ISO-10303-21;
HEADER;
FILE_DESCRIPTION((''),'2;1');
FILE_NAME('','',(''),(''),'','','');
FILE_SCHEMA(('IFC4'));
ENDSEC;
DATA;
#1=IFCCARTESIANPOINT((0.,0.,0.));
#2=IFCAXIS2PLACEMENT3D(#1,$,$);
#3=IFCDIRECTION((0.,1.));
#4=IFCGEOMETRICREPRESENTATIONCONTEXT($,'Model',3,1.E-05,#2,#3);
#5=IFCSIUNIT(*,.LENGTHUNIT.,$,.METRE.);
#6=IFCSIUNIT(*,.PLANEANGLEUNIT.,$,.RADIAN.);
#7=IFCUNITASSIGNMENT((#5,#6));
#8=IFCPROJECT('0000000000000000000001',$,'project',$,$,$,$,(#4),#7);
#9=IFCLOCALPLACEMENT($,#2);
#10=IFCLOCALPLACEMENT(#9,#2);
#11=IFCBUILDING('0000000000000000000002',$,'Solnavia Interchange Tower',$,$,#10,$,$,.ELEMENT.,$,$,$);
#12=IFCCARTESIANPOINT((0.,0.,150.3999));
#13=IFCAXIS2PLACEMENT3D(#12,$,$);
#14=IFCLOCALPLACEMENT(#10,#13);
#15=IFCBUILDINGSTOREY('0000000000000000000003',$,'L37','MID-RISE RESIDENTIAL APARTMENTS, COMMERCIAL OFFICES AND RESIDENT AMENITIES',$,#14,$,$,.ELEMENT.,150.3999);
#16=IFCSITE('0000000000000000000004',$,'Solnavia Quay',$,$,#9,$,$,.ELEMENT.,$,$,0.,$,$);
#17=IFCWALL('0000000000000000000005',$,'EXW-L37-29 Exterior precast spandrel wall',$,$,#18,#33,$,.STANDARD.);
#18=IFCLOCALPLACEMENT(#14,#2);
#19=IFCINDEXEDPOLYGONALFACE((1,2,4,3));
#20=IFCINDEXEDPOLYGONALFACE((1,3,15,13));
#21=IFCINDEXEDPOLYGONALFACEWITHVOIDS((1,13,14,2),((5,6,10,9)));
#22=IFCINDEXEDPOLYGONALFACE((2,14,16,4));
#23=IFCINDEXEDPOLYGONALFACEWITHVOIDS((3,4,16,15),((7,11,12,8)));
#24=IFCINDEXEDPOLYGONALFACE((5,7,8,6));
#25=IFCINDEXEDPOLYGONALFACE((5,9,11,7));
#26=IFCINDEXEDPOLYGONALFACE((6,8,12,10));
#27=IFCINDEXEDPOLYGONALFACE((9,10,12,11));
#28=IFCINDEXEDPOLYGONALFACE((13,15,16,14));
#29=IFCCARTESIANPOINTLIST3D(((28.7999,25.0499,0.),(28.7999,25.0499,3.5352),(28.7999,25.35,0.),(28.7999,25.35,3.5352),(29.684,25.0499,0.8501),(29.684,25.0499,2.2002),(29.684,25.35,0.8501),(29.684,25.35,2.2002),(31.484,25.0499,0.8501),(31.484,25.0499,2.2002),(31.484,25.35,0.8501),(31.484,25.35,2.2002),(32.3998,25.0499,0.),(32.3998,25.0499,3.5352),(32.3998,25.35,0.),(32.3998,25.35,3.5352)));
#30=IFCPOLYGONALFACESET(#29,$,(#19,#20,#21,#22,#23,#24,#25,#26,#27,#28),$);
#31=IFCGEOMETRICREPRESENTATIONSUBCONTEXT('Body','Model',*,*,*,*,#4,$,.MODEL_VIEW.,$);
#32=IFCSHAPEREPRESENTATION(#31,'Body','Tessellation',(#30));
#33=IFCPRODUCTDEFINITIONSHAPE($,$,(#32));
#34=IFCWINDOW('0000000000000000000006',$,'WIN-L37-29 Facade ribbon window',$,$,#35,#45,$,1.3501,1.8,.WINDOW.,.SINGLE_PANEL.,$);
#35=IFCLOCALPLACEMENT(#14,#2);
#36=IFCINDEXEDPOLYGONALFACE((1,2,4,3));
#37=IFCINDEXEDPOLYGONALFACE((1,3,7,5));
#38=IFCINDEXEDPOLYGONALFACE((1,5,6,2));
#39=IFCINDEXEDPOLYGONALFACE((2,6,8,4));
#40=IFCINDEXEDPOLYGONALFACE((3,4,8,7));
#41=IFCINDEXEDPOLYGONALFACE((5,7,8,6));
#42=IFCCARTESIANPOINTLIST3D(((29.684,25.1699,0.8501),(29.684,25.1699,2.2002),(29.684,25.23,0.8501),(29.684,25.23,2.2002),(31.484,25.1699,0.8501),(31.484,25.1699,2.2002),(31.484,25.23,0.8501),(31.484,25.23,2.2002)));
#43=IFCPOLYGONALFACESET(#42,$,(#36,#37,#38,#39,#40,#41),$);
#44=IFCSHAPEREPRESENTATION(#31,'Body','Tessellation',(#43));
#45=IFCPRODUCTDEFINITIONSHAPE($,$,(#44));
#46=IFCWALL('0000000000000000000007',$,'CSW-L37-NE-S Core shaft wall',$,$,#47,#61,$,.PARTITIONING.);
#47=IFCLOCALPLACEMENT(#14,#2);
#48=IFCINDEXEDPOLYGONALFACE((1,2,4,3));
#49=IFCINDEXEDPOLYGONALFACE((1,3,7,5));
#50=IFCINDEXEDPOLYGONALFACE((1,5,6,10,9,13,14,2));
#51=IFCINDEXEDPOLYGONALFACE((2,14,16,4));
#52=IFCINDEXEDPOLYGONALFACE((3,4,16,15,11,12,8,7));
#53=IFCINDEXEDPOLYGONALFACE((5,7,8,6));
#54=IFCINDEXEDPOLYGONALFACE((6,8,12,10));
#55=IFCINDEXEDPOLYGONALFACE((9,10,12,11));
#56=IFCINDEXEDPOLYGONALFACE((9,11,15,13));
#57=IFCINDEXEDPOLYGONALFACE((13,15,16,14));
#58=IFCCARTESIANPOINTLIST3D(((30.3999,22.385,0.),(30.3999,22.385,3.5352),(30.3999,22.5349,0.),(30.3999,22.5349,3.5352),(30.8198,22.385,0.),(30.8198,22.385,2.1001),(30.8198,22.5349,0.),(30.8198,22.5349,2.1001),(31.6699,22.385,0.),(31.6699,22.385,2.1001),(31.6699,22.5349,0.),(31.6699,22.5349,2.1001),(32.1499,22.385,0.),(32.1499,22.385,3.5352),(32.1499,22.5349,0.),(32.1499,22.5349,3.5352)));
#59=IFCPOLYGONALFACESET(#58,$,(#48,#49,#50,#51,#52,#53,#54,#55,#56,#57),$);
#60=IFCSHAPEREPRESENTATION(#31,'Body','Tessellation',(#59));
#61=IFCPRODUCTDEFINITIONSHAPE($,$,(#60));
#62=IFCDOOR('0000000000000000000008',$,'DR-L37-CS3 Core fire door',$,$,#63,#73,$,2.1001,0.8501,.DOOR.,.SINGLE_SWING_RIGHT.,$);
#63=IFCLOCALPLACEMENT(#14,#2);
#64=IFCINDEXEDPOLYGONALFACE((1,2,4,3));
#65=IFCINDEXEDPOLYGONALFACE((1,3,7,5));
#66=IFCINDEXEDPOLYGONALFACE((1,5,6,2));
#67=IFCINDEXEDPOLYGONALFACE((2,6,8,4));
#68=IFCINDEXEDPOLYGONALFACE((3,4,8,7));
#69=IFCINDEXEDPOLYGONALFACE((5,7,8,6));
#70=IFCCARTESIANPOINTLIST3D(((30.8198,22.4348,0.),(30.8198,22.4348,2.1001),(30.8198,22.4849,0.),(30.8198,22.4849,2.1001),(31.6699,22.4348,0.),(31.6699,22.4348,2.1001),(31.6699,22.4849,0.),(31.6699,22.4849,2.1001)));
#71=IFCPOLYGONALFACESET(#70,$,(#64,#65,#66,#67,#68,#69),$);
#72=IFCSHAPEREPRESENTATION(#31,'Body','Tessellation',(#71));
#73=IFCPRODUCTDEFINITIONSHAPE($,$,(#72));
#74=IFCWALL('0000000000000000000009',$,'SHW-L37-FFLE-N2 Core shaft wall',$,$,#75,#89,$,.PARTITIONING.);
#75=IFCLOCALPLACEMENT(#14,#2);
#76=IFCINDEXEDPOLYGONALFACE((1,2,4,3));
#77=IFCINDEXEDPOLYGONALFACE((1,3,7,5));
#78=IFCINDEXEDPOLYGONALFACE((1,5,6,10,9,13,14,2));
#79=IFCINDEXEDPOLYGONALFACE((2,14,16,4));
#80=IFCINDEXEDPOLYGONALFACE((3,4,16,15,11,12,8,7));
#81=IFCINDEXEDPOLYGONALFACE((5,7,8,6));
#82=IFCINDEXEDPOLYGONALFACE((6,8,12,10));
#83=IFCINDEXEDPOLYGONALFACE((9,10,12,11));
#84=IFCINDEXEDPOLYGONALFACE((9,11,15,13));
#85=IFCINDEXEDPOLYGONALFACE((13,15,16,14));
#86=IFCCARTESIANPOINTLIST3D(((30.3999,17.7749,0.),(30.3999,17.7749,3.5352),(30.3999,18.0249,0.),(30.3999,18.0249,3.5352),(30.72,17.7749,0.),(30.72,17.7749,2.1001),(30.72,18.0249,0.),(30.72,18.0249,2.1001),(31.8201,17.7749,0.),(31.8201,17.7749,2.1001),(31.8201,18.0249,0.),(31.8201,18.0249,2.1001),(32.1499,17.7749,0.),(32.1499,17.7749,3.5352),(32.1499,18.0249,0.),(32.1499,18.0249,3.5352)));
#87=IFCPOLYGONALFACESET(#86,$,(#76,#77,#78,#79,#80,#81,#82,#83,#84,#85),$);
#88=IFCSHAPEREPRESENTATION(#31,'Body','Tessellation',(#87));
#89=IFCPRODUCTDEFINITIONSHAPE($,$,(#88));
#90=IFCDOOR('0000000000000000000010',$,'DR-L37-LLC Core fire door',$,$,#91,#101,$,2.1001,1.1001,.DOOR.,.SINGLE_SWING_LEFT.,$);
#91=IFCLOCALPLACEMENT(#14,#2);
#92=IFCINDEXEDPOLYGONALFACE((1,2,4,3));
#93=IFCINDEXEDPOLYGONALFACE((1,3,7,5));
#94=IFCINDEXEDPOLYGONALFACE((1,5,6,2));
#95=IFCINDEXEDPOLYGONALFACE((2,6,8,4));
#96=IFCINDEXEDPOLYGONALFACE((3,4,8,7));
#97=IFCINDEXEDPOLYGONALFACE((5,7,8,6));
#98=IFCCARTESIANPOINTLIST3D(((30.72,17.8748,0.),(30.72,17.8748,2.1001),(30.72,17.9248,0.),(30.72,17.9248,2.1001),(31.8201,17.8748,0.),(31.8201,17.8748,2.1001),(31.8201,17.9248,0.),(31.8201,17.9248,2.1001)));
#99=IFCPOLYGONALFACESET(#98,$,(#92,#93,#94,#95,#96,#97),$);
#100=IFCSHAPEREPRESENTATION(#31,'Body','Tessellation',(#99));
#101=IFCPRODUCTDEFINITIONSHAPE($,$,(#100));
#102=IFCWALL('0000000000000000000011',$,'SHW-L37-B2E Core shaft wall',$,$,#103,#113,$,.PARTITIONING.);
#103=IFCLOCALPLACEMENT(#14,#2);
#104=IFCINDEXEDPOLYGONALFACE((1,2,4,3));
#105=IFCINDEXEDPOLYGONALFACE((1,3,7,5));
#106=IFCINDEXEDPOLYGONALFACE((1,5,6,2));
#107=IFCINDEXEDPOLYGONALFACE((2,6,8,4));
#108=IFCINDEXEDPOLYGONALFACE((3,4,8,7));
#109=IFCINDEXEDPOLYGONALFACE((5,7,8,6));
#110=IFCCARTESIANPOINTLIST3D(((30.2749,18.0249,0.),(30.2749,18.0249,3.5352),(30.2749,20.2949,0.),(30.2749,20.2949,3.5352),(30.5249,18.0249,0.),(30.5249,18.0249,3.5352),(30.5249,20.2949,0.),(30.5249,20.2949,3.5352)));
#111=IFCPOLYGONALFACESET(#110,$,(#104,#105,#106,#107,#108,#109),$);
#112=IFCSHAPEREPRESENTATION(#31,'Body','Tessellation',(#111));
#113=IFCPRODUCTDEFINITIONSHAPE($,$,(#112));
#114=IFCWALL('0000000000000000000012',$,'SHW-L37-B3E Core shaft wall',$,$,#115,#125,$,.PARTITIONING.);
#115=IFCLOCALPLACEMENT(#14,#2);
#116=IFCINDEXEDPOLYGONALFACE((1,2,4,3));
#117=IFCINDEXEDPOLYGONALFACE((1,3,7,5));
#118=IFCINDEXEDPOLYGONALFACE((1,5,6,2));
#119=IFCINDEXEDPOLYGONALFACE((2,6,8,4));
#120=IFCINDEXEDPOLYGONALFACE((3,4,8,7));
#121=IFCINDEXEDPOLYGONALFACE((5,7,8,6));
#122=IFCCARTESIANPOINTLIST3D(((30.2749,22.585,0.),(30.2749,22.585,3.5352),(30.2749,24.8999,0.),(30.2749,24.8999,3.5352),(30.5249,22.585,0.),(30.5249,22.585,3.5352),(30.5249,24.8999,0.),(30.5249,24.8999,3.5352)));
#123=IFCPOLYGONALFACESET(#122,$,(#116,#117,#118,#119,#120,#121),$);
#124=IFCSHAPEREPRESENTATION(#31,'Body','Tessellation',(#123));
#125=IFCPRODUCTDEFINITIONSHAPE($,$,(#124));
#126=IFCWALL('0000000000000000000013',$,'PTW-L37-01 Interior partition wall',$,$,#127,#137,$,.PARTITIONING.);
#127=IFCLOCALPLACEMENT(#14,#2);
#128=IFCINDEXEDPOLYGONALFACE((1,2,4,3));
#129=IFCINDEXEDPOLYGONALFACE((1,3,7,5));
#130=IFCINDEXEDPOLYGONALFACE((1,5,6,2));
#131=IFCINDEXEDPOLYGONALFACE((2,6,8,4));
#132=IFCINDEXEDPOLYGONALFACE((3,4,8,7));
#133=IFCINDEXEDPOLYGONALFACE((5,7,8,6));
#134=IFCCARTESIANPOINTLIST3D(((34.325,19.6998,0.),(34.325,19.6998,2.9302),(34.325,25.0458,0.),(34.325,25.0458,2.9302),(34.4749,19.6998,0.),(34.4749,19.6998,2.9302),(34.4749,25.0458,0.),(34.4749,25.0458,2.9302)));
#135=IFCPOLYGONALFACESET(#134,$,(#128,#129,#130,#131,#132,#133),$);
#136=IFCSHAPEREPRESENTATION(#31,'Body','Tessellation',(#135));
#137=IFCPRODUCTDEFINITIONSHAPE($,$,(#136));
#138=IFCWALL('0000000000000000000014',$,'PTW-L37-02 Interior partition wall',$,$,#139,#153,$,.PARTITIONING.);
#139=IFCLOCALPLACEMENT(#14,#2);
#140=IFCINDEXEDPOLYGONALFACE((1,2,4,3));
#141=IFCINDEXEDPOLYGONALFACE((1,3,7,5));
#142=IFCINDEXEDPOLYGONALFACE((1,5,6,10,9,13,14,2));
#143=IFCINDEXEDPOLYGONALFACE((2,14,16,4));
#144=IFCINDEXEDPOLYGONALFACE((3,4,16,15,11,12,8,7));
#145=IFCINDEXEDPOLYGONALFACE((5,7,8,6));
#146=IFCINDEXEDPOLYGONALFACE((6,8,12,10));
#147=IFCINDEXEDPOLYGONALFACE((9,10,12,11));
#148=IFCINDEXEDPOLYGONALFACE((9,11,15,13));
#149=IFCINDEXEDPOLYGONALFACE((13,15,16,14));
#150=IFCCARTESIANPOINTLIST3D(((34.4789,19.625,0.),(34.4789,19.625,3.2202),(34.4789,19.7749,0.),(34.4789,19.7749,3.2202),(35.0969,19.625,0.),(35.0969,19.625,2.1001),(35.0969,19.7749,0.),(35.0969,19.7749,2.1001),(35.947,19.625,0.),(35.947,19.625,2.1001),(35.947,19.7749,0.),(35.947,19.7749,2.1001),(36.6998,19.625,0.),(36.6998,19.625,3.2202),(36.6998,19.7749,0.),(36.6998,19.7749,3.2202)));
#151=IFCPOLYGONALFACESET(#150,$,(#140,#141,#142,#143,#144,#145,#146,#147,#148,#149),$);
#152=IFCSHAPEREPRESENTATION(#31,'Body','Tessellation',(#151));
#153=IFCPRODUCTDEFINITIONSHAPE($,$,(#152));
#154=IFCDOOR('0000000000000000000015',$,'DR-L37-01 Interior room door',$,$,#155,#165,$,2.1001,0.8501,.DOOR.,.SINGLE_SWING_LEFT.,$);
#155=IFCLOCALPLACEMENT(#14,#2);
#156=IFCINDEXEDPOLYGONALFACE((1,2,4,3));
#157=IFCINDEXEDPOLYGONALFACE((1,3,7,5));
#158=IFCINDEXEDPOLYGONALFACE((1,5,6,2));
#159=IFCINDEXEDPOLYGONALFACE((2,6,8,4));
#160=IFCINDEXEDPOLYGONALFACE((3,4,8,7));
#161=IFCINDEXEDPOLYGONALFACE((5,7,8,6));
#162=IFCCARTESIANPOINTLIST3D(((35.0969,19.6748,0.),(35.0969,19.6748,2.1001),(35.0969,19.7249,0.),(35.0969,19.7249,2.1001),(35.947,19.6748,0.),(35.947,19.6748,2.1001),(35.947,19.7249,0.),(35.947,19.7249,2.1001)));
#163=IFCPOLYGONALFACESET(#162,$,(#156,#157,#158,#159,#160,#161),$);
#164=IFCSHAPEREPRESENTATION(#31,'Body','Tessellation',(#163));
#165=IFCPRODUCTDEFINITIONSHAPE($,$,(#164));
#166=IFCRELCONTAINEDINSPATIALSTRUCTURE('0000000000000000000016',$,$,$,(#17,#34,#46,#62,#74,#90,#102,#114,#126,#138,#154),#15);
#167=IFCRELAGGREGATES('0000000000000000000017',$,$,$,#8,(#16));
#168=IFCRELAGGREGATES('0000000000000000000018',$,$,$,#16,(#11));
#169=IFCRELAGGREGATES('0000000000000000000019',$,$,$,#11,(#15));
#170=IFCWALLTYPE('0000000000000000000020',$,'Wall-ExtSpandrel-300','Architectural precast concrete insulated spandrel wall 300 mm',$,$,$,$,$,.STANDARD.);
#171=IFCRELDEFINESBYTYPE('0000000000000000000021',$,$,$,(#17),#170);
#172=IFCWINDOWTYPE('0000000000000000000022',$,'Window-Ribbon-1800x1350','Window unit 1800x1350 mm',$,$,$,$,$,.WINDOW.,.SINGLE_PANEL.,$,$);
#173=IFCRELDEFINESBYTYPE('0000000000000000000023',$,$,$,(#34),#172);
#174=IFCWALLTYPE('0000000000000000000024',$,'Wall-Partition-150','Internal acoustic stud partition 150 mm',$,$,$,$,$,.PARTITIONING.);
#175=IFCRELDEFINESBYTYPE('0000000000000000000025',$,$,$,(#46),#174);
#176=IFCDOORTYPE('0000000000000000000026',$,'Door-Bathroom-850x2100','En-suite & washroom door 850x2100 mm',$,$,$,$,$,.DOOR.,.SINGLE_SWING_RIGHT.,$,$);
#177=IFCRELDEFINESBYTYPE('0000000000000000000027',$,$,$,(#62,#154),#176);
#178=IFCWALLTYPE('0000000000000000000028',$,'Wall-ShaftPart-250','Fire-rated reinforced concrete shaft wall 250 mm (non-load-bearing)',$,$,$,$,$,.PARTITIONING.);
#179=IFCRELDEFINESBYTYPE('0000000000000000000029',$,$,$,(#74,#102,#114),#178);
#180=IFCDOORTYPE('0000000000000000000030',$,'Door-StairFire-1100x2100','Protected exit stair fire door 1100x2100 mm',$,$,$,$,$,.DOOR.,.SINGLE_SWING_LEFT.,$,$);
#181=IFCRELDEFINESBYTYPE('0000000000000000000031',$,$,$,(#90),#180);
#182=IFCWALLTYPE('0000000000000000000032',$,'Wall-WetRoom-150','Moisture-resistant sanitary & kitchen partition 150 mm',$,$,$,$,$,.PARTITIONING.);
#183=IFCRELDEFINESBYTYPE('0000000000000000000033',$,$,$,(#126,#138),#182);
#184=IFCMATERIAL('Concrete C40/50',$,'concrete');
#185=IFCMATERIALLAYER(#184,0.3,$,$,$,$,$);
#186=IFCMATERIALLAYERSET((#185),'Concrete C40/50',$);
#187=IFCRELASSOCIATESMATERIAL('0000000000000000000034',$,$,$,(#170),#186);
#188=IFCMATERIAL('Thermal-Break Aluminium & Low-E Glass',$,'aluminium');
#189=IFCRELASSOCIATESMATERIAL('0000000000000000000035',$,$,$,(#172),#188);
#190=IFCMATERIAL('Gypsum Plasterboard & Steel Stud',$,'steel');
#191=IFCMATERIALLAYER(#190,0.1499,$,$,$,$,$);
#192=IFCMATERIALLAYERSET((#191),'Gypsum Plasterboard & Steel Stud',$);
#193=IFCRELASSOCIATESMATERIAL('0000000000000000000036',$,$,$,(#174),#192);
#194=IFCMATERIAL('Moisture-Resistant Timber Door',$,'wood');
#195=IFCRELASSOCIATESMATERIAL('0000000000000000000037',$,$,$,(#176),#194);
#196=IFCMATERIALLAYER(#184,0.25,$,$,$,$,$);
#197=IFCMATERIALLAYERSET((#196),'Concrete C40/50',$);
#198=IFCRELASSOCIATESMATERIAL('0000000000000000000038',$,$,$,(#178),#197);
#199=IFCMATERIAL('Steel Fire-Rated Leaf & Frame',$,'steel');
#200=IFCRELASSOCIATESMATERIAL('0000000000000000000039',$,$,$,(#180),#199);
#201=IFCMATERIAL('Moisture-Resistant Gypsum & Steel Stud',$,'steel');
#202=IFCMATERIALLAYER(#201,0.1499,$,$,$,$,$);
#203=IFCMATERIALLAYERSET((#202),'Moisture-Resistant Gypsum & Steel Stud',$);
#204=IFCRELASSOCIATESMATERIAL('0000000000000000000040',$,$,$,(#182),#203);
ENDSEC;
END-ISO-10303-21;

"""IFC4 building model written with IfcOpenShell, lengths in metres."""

from ifc_helpers import new_model, si_unit, direction, frame, frame_2d, origin, place, context, subcontext, project, spatial, rectangle, extrude, material, layer, layer_set, type_object, element, fill, save


model = new_model("IFC4")

# Units and contexts
model_context = context("Model", 3, precision=1e-05, world=origin(), true_north=direction((0.0, 1.0)))
body_context = subcontext(model_context, "Body", "Model", "MODEL_VIEW")
ifc_project = project(units=[si_unit("LENGTHUNIT", "METRE"), si_unit("PLANEANGLEUNIT", "RADIAN")], contexts=[model_context])

# Site, building, storey
site_placement = place(None, origin())
site = spatial("IfcSite", under=ifc_project, at=site_placement, Name="Solnavia Quay", CompositionType="ELEMENT", RefElevation=0.0)
building_placement = place(site_placement, origin())
building = spatial("IfcBuilding", under=site, at=building_placement, Name="Solnavia Interchange Tower", CompositionType="ELEMENT")
storey_placement = place(building_placement, frame((0.0, 0.0, 150.3999)))
storey = spatial("IfcBuildingStorey", under=building, at=storey_placement, Name="L37", Description="MID-RISE RESIDENTIAL APARTMENTS, COMMERCIAL OFFICES AND RESIDENT AMENITIES", CompositionType="ELEMENT", Elevation=150.3999)

# Shared definitions
ifc_material_1 = material(Name="Concrete C40/50", Category="concrete")
ifc_layer_1 = layer(ifc_material_1, 0.3)
ifc_layer_set_1 = layer_set([ifc_layer_1], Name="Concrete C40/50")
wall_type_1 = type_object("IfcWallType", Name="Wall-ExtSpandrel-300", Description="Architectural precast concrete insulated spandrel wall 300 mm", PredefinedType="STANDARD", material=ifc_layer_set_1)
ifc_material_2 = material(Name="Thermal-Break Aluminium & Low-E Glass", Category="aluminium")
window_type = type_object("IfcWindowType", Name="Window-Ribbon-1800x1350", Description="Window unit 1800x1350 mm", PartitioningType="SINGLE_PANEL", PredefinedType="WINDOW", material=ifc_material_2)

# Wall, opening, window
wall_1_placement = place(storey_placement, frame((28.8, 25.2, 0.0), z_axis=(0.0, 0.0, 1.0), x_axis=(1.0, 0.0, 0.0)))
wall_1 = element("IfcWall", 1, at=wall_1_placement, inside=storey, type_object=wall_type_1, Name="EXW-L37-29 Exterior precast spandrel wall", PredefinedType="STANDARD", context=body_context, shape_type="SweptSolid", body=[
    extrude(rectangle(XDim=3.5999, YDim=0.3, at=frame_2d((1.7998, 0.0))), origin(), (0.0, 0.0, 1.0), 3.5352),
])
opening_1_placement = place(wall_1_placement, frame((0.884, 0.0, 0.8501)))
opening_1 = element("IfcOpeningElement", 2, at=opening_1_placement, cuts=wall_1, PredefinedType="OPENING", context=body_context, shape_type="SweptSolid", body=[
    extrude(rectangle(XDim=1.8, YDim=1.3501, at=frame_2d((0.8999, 0.675))), frame((0.0, 0.1602, 0.0), z_axis=(0.0, -1.0, 0.0), x_axis=(1.0, 0.0, 0.0)), (0.0, 0.0, 1.0), 0.3201),
])
window_1_placement = place(opening_1_placement, origin())
window_1 = element("IfcWindow", 3, at=window_1_placement, inside=storey, type_object=window_type, Name="WIN-L37-29 Facade ribbon window", OverallHeight=1.3501, OverallWidth=1.8, PartitioningType="SINGLE_PANEL", PredefinedType="WINDOW", context=body_context, shape_type="SweptSolid", body=[
    extrude(rectangle(XDim=1.8, YDim=1.3501, at=frame_2d((0.8999, 0.675))), frame((0.0, 0.03, 0.0), z_axis=(0.0, -1.0, 0.0), x_axis=(1.0, 0.0, 0.0)), (0.0, 0.0, 1.0), 0.0601),
])
fill(opening_1, window_1)

# Walls, openings, doors
ifc_material_3 = material(Name="Gypsum Plasterboard & Steel Stud", Category="steel")
ifc_layer_2 = layer(ifc_material_3, 0.1499)
ifc_layer_set_2 = layer_set([ifc_layer_2], Name="Gypsum Plasterboard & Steel Stud")
wall_type_2 = type_object("IfcWallType", Name="Wall-Partition-150", Description="Internal acoustic stud partition 150 mm", PredefinedType="PARTITIONING", material=ifc_layer_set_2)
wall_2_placement = place(storey_placement, frame((30.3999, 22.46, 0.0), z_axis=(0.0, 0.0, 1.0), x_axis=(1.0, 0.0, 0.0)))
wall_2 = element("IfcWall", 4, at=wall_2_placement, inside=storey, type_object=wall_type_2, Name="CSW-L37-NE-S Core shaft wall", PredefinedType="PARTITIONING", context=body_context, shape_type="SweptSolid", body=[
    extrude(rectangle(XDim=1.75, YDim=0.1499, at=frame_2d((0.875, 0.0))), origin(), (0.0, 0.0, 1.0), 3.5352),
])
opening_2_placement = place(wall_2_placement, frame((0.4199, 0.0, 0.0)))
opening_2 = element("IfcOpeningElement", 5, at=opening_2_placement, cuts=wall_2, PredefinedType="OPENING", context=body_context, shape_type="SweptSolid", body=[
    extrude(rectangle(XDim=0.8501, YDim=2.1001, at=frame_2d((0.425, 1.05))), frame((0.0, 0.085, 0.0), z_axis=(0.0, -1.0, 0.0), x_axis=(1.0, 0.0, 0.0)), (0.0, 0.0, 1.0), 0.1699),
])
ifc_material_4 = material(Name="Moisture-Resistant Timber Door", Category="wood")
door_type_1 = type_object("IfcDoorType", Name="Door-Bathroom-850x2100", Description="En-suite & washroom door 850x2100 mm", OperationType="SINGLE_SWING_RIGHT", PredefinedType="DOOR", material=ifc_material_4)
door_1_placement = place(opening_2_placement, origin())
door_1 = element("IfcDoor", 6, at=door_1_placement, inside=storey, type_object=door_type_1, Name="DR-L37-CS3 Core fire door", OperationType="SINGLE_SWING_RIGHT", OverallHeight=2.1001, OverallWidth=0.8501, PredefinedType="DOOR", context=body_context, shape_type="SweptSolid", body=[
    extrude(rectangle(XDim=0.8501, YDim=2.1001, at=frame_2d((0.425, 1.05))), frame((0.0, 0.0249, 0.0), z_axis=(0.0, -1.0, 0.0), x_axis=(1.0, 0.0, 0.0)), (0.0, 0.0, 1.0), 0.05),
])
fill(opening_2, door_1)
ifc_layer_3 = layer(ifc_material_1, 0.25)
ifc_layer_set_3 = layer_set([ifc_layer_3], Name="Concrete C40/50")
wall_type_3 = type_object("IfcWallType", Name="Wall-ShaftPart-250", Description="Fire-rated reinforced concrete shaft wall 250 mm (non-load-bearing)", PredefinedType="PARTITIONING", material=ifc_layer_set_3)
wall_3_placement = place(storey_placement, frame((30.3999, 17.8999, 0.0), z_axis=(0.0, 0.0, 1.0), x_axis=(1.0, 0.0, 0.0)))
wall_3 = element("IfcWall", 7, at=wall_3_placement, inside=storey, type_object=wall_type_3, Name="SHW-L37-FFLE-N2 Core shaft wall", PredefinedType="PARTITIONING", context=body_context, shape_type="SweptSolid", body=[
    extrude(rectangle(XDim=1.75, YDim=0.25, at=frame_2d((0.875, 0.0))), origin(), (0.0, 0.0, 1.0), 3.5352),
])
opening_3_placement = place(wall_3_placement, frame((0.3201, 0.0, 0.0)))
opening_3 = element("IfcOpeningElement", 8, at=opening_3_placement, cuts=wall_3, PredefinedType="OPENING", context=body_context, shape_type="SweptSolid", body=[
    extrude(rectangle(XDim=1.1001, YDim=2.1001, at=frame_2d((0.55, 1.05))), frame((0.0, 0.135, 0.0), z_axis=(0.0, -1.0, 0.0), x_axis=(1.0, 0.0, 0.0)), (0.0, 0.0, 1.0), 0.27),
])
ifc_material_5 = material(Name="Steel Fire-Rated Leaf & Frame", Category="steel")
door_type_2 = type_object("IfcDoorType", Name="Door-StairFire-1100x2100", Description="Protected exit stair fire door 1100x2100 mm", OperationType="SINGLE_SWING_LEFT", PredefinedType="DOOR", material=ifc_material_5)
door_2_placement = place(opening_3_placement, origin())
door_2 = element("IfcDoor", 9, at=door_2_placement, inside=storey, type_object=door_type_2, Name="DR-L37-LLC Core fire door", OperationType="SINGLE_SWING_LEFT", OverallHeight=2.1001, OverallWidth=1.1001, PredefinedType="DOOR", context=body_context, shape_type="SweptSolid", body=[
    extrude(rectangle(XDim=1.1001, YDim=2.1001, at=frame_2d((0.55, 1.05))), frame((0.0, 0.0249, 0.0), z_axis=(0.0, -1.0, 0.0), x_axis=(1.0, 0.0, 0.0)), (0.0, 0.0, 1.0), 0.05),
])
fill(opening_3, door_2)

# Walls
wall_4_placement = place(storey_placement, frame((30.3999, 18.0249, 0.0), z_axis=(0.0, 0.0, 1.0), x_axis=(0.0, 1.0, 0.0)))
element("IfcWall", 10, at=wall_4_placement, inside=storey, type_object=wall_type_3, Name="SHW-L37-B2E Core shaft wall", PredefinedType="PARTITIONING", context=body_context, shape_type="SweptSolid", body=[
    extrude(rectangle(XDim=2.27, YDim=0.25, at=frame_2d((1.135, 0.0))), origin(), (0.0, 0.0, 1.0), 3.5352),
])
wall_5_placement = place(storey_placement, frame((30.3999, 22.585, 0.0), z_axis=(0.0, 0.0, 1.0), x_axis=(0.0, 1.0, 0.0)))
element("IfcWall", 11, at=wall_5_placement, inside=storey, type_object=wall_type_3, Name="SHW-L37-B3E Core shaft wall", PredefinedType="PARTITIONING", context=body_context, shape_type="SweptSolid", body=[
    extrude(rectangle(XDim=2.3149, YDim=0.25, at=frame_2d((1.1575, 0.0))), origin(), (0.0, 0.0, 1.0), 3.5352),
])
ifc_material_6 = material(Name="Moisture-Resistant Gypsum & Steel Stud", Category="steel")
ifc_layer_4 = layer(ifc_material_6, 0.1499)
ifc_layer_set_4 = layer_set([ifc_layer_4], Name="Moisture-Resistant Gypsum & Steel Stud")
wall_type_4 = type_object("IfcWallType", Name="Wall-WetRoom-150", Description="Moisture-resistant sanitary & kitchen partition 150 mm", PredefinedType="PARTITIONING", material=ifc_layer_set_4)
wall_6_placement = place(storey_placement, frame((34.3999, 19.7, 0.0), z_axis=(0.0, 0.0, 1.0), x_axis=(0.0, 1.0, 0.0)))
element("IfcWall", 12, at=wall_6_placement, inside=storey, type_object=wall_type_4, Name="PTW-L37-01 Interior partition wall", PredefinedType="PARTITIONING", context=body_context, shape_type="SweptSolid", body=[
    extrude(rectangle(XDim=5.3459, YDim=0.1499, at=frame_2d((2.6729, 0.0))), origin(), (0.0, 0.0, 1.0), 2.9302),
])

# Wall, opening, door
wall_7_placement = place(storey_placement, frame((34.479, 19.7, 0.0), z_axis=(0.0, 0.0, 1.0), x_axis=(1.0, 0.0, 0.0)))
wall_7 = element("IfcWall", 13, at=wall_7_placement, inside=storey, type_object=wall_type_4, Name="PTW-L37-02 Interior partition wall", PredefinedType="PARTITIONING", context=body_context, shape_type="SweptSolid", body=[
    extrude(rectangle(XDim=2.2209, YDim=0.1499, at=frame_2d((1.1104, 0.0))), origin(), (0.0, 0.0, 1.0), 3.2202),
])
opening_4_placement = place(wall_7_placement, frame((0.6179, 0.0, 0.0)))
opening_4 = element("IfcOpeningElement", 14, at=opening_4_placement, cuts=wall_7, PredefinedType="OPENING", context=body_context, shape_type="SweptSolid", body=[
    extrude(rectangle(XDim=0.8501, YDim=2.1001, at=frame_2d((0.425, 1.05))), frame((0.0, 0.085, 0.0), z_axis=(0.0, -1.0, 0.0), x_axis=(1.0, 0.0, 0.0)), (0.0, 0.0, 1.0), 0.1699),
])
door_3_placement = place(opening_4_placement, origin())
door_3 = element("IfcDoor", 15, at=door_3_placement, inside=storey, type_object=door_type_1, Name="DR-L37-01 Interior room door", OperationType="SINGLE_SWING_LEFT", OverallHeight=2.1001, OverallWidth=0.8501, PredefinedType="DOOR", context=body_context, shape_type="SweptSolid", body=[
    extrude(rectangle(XDim=0.8501, YDim=2.1001, at=frame_2d((0.425, 1.05))), frame((0.0, 0.0249, 0.0), z_axis=(0.0, -1.0, 0.0), x_axis=(1.0, 0.0, 0.0)), (0.0, 0.0, 1.0), 0.05),
])
fill(opening_4, door_3)

save(model, "model.ifc")
